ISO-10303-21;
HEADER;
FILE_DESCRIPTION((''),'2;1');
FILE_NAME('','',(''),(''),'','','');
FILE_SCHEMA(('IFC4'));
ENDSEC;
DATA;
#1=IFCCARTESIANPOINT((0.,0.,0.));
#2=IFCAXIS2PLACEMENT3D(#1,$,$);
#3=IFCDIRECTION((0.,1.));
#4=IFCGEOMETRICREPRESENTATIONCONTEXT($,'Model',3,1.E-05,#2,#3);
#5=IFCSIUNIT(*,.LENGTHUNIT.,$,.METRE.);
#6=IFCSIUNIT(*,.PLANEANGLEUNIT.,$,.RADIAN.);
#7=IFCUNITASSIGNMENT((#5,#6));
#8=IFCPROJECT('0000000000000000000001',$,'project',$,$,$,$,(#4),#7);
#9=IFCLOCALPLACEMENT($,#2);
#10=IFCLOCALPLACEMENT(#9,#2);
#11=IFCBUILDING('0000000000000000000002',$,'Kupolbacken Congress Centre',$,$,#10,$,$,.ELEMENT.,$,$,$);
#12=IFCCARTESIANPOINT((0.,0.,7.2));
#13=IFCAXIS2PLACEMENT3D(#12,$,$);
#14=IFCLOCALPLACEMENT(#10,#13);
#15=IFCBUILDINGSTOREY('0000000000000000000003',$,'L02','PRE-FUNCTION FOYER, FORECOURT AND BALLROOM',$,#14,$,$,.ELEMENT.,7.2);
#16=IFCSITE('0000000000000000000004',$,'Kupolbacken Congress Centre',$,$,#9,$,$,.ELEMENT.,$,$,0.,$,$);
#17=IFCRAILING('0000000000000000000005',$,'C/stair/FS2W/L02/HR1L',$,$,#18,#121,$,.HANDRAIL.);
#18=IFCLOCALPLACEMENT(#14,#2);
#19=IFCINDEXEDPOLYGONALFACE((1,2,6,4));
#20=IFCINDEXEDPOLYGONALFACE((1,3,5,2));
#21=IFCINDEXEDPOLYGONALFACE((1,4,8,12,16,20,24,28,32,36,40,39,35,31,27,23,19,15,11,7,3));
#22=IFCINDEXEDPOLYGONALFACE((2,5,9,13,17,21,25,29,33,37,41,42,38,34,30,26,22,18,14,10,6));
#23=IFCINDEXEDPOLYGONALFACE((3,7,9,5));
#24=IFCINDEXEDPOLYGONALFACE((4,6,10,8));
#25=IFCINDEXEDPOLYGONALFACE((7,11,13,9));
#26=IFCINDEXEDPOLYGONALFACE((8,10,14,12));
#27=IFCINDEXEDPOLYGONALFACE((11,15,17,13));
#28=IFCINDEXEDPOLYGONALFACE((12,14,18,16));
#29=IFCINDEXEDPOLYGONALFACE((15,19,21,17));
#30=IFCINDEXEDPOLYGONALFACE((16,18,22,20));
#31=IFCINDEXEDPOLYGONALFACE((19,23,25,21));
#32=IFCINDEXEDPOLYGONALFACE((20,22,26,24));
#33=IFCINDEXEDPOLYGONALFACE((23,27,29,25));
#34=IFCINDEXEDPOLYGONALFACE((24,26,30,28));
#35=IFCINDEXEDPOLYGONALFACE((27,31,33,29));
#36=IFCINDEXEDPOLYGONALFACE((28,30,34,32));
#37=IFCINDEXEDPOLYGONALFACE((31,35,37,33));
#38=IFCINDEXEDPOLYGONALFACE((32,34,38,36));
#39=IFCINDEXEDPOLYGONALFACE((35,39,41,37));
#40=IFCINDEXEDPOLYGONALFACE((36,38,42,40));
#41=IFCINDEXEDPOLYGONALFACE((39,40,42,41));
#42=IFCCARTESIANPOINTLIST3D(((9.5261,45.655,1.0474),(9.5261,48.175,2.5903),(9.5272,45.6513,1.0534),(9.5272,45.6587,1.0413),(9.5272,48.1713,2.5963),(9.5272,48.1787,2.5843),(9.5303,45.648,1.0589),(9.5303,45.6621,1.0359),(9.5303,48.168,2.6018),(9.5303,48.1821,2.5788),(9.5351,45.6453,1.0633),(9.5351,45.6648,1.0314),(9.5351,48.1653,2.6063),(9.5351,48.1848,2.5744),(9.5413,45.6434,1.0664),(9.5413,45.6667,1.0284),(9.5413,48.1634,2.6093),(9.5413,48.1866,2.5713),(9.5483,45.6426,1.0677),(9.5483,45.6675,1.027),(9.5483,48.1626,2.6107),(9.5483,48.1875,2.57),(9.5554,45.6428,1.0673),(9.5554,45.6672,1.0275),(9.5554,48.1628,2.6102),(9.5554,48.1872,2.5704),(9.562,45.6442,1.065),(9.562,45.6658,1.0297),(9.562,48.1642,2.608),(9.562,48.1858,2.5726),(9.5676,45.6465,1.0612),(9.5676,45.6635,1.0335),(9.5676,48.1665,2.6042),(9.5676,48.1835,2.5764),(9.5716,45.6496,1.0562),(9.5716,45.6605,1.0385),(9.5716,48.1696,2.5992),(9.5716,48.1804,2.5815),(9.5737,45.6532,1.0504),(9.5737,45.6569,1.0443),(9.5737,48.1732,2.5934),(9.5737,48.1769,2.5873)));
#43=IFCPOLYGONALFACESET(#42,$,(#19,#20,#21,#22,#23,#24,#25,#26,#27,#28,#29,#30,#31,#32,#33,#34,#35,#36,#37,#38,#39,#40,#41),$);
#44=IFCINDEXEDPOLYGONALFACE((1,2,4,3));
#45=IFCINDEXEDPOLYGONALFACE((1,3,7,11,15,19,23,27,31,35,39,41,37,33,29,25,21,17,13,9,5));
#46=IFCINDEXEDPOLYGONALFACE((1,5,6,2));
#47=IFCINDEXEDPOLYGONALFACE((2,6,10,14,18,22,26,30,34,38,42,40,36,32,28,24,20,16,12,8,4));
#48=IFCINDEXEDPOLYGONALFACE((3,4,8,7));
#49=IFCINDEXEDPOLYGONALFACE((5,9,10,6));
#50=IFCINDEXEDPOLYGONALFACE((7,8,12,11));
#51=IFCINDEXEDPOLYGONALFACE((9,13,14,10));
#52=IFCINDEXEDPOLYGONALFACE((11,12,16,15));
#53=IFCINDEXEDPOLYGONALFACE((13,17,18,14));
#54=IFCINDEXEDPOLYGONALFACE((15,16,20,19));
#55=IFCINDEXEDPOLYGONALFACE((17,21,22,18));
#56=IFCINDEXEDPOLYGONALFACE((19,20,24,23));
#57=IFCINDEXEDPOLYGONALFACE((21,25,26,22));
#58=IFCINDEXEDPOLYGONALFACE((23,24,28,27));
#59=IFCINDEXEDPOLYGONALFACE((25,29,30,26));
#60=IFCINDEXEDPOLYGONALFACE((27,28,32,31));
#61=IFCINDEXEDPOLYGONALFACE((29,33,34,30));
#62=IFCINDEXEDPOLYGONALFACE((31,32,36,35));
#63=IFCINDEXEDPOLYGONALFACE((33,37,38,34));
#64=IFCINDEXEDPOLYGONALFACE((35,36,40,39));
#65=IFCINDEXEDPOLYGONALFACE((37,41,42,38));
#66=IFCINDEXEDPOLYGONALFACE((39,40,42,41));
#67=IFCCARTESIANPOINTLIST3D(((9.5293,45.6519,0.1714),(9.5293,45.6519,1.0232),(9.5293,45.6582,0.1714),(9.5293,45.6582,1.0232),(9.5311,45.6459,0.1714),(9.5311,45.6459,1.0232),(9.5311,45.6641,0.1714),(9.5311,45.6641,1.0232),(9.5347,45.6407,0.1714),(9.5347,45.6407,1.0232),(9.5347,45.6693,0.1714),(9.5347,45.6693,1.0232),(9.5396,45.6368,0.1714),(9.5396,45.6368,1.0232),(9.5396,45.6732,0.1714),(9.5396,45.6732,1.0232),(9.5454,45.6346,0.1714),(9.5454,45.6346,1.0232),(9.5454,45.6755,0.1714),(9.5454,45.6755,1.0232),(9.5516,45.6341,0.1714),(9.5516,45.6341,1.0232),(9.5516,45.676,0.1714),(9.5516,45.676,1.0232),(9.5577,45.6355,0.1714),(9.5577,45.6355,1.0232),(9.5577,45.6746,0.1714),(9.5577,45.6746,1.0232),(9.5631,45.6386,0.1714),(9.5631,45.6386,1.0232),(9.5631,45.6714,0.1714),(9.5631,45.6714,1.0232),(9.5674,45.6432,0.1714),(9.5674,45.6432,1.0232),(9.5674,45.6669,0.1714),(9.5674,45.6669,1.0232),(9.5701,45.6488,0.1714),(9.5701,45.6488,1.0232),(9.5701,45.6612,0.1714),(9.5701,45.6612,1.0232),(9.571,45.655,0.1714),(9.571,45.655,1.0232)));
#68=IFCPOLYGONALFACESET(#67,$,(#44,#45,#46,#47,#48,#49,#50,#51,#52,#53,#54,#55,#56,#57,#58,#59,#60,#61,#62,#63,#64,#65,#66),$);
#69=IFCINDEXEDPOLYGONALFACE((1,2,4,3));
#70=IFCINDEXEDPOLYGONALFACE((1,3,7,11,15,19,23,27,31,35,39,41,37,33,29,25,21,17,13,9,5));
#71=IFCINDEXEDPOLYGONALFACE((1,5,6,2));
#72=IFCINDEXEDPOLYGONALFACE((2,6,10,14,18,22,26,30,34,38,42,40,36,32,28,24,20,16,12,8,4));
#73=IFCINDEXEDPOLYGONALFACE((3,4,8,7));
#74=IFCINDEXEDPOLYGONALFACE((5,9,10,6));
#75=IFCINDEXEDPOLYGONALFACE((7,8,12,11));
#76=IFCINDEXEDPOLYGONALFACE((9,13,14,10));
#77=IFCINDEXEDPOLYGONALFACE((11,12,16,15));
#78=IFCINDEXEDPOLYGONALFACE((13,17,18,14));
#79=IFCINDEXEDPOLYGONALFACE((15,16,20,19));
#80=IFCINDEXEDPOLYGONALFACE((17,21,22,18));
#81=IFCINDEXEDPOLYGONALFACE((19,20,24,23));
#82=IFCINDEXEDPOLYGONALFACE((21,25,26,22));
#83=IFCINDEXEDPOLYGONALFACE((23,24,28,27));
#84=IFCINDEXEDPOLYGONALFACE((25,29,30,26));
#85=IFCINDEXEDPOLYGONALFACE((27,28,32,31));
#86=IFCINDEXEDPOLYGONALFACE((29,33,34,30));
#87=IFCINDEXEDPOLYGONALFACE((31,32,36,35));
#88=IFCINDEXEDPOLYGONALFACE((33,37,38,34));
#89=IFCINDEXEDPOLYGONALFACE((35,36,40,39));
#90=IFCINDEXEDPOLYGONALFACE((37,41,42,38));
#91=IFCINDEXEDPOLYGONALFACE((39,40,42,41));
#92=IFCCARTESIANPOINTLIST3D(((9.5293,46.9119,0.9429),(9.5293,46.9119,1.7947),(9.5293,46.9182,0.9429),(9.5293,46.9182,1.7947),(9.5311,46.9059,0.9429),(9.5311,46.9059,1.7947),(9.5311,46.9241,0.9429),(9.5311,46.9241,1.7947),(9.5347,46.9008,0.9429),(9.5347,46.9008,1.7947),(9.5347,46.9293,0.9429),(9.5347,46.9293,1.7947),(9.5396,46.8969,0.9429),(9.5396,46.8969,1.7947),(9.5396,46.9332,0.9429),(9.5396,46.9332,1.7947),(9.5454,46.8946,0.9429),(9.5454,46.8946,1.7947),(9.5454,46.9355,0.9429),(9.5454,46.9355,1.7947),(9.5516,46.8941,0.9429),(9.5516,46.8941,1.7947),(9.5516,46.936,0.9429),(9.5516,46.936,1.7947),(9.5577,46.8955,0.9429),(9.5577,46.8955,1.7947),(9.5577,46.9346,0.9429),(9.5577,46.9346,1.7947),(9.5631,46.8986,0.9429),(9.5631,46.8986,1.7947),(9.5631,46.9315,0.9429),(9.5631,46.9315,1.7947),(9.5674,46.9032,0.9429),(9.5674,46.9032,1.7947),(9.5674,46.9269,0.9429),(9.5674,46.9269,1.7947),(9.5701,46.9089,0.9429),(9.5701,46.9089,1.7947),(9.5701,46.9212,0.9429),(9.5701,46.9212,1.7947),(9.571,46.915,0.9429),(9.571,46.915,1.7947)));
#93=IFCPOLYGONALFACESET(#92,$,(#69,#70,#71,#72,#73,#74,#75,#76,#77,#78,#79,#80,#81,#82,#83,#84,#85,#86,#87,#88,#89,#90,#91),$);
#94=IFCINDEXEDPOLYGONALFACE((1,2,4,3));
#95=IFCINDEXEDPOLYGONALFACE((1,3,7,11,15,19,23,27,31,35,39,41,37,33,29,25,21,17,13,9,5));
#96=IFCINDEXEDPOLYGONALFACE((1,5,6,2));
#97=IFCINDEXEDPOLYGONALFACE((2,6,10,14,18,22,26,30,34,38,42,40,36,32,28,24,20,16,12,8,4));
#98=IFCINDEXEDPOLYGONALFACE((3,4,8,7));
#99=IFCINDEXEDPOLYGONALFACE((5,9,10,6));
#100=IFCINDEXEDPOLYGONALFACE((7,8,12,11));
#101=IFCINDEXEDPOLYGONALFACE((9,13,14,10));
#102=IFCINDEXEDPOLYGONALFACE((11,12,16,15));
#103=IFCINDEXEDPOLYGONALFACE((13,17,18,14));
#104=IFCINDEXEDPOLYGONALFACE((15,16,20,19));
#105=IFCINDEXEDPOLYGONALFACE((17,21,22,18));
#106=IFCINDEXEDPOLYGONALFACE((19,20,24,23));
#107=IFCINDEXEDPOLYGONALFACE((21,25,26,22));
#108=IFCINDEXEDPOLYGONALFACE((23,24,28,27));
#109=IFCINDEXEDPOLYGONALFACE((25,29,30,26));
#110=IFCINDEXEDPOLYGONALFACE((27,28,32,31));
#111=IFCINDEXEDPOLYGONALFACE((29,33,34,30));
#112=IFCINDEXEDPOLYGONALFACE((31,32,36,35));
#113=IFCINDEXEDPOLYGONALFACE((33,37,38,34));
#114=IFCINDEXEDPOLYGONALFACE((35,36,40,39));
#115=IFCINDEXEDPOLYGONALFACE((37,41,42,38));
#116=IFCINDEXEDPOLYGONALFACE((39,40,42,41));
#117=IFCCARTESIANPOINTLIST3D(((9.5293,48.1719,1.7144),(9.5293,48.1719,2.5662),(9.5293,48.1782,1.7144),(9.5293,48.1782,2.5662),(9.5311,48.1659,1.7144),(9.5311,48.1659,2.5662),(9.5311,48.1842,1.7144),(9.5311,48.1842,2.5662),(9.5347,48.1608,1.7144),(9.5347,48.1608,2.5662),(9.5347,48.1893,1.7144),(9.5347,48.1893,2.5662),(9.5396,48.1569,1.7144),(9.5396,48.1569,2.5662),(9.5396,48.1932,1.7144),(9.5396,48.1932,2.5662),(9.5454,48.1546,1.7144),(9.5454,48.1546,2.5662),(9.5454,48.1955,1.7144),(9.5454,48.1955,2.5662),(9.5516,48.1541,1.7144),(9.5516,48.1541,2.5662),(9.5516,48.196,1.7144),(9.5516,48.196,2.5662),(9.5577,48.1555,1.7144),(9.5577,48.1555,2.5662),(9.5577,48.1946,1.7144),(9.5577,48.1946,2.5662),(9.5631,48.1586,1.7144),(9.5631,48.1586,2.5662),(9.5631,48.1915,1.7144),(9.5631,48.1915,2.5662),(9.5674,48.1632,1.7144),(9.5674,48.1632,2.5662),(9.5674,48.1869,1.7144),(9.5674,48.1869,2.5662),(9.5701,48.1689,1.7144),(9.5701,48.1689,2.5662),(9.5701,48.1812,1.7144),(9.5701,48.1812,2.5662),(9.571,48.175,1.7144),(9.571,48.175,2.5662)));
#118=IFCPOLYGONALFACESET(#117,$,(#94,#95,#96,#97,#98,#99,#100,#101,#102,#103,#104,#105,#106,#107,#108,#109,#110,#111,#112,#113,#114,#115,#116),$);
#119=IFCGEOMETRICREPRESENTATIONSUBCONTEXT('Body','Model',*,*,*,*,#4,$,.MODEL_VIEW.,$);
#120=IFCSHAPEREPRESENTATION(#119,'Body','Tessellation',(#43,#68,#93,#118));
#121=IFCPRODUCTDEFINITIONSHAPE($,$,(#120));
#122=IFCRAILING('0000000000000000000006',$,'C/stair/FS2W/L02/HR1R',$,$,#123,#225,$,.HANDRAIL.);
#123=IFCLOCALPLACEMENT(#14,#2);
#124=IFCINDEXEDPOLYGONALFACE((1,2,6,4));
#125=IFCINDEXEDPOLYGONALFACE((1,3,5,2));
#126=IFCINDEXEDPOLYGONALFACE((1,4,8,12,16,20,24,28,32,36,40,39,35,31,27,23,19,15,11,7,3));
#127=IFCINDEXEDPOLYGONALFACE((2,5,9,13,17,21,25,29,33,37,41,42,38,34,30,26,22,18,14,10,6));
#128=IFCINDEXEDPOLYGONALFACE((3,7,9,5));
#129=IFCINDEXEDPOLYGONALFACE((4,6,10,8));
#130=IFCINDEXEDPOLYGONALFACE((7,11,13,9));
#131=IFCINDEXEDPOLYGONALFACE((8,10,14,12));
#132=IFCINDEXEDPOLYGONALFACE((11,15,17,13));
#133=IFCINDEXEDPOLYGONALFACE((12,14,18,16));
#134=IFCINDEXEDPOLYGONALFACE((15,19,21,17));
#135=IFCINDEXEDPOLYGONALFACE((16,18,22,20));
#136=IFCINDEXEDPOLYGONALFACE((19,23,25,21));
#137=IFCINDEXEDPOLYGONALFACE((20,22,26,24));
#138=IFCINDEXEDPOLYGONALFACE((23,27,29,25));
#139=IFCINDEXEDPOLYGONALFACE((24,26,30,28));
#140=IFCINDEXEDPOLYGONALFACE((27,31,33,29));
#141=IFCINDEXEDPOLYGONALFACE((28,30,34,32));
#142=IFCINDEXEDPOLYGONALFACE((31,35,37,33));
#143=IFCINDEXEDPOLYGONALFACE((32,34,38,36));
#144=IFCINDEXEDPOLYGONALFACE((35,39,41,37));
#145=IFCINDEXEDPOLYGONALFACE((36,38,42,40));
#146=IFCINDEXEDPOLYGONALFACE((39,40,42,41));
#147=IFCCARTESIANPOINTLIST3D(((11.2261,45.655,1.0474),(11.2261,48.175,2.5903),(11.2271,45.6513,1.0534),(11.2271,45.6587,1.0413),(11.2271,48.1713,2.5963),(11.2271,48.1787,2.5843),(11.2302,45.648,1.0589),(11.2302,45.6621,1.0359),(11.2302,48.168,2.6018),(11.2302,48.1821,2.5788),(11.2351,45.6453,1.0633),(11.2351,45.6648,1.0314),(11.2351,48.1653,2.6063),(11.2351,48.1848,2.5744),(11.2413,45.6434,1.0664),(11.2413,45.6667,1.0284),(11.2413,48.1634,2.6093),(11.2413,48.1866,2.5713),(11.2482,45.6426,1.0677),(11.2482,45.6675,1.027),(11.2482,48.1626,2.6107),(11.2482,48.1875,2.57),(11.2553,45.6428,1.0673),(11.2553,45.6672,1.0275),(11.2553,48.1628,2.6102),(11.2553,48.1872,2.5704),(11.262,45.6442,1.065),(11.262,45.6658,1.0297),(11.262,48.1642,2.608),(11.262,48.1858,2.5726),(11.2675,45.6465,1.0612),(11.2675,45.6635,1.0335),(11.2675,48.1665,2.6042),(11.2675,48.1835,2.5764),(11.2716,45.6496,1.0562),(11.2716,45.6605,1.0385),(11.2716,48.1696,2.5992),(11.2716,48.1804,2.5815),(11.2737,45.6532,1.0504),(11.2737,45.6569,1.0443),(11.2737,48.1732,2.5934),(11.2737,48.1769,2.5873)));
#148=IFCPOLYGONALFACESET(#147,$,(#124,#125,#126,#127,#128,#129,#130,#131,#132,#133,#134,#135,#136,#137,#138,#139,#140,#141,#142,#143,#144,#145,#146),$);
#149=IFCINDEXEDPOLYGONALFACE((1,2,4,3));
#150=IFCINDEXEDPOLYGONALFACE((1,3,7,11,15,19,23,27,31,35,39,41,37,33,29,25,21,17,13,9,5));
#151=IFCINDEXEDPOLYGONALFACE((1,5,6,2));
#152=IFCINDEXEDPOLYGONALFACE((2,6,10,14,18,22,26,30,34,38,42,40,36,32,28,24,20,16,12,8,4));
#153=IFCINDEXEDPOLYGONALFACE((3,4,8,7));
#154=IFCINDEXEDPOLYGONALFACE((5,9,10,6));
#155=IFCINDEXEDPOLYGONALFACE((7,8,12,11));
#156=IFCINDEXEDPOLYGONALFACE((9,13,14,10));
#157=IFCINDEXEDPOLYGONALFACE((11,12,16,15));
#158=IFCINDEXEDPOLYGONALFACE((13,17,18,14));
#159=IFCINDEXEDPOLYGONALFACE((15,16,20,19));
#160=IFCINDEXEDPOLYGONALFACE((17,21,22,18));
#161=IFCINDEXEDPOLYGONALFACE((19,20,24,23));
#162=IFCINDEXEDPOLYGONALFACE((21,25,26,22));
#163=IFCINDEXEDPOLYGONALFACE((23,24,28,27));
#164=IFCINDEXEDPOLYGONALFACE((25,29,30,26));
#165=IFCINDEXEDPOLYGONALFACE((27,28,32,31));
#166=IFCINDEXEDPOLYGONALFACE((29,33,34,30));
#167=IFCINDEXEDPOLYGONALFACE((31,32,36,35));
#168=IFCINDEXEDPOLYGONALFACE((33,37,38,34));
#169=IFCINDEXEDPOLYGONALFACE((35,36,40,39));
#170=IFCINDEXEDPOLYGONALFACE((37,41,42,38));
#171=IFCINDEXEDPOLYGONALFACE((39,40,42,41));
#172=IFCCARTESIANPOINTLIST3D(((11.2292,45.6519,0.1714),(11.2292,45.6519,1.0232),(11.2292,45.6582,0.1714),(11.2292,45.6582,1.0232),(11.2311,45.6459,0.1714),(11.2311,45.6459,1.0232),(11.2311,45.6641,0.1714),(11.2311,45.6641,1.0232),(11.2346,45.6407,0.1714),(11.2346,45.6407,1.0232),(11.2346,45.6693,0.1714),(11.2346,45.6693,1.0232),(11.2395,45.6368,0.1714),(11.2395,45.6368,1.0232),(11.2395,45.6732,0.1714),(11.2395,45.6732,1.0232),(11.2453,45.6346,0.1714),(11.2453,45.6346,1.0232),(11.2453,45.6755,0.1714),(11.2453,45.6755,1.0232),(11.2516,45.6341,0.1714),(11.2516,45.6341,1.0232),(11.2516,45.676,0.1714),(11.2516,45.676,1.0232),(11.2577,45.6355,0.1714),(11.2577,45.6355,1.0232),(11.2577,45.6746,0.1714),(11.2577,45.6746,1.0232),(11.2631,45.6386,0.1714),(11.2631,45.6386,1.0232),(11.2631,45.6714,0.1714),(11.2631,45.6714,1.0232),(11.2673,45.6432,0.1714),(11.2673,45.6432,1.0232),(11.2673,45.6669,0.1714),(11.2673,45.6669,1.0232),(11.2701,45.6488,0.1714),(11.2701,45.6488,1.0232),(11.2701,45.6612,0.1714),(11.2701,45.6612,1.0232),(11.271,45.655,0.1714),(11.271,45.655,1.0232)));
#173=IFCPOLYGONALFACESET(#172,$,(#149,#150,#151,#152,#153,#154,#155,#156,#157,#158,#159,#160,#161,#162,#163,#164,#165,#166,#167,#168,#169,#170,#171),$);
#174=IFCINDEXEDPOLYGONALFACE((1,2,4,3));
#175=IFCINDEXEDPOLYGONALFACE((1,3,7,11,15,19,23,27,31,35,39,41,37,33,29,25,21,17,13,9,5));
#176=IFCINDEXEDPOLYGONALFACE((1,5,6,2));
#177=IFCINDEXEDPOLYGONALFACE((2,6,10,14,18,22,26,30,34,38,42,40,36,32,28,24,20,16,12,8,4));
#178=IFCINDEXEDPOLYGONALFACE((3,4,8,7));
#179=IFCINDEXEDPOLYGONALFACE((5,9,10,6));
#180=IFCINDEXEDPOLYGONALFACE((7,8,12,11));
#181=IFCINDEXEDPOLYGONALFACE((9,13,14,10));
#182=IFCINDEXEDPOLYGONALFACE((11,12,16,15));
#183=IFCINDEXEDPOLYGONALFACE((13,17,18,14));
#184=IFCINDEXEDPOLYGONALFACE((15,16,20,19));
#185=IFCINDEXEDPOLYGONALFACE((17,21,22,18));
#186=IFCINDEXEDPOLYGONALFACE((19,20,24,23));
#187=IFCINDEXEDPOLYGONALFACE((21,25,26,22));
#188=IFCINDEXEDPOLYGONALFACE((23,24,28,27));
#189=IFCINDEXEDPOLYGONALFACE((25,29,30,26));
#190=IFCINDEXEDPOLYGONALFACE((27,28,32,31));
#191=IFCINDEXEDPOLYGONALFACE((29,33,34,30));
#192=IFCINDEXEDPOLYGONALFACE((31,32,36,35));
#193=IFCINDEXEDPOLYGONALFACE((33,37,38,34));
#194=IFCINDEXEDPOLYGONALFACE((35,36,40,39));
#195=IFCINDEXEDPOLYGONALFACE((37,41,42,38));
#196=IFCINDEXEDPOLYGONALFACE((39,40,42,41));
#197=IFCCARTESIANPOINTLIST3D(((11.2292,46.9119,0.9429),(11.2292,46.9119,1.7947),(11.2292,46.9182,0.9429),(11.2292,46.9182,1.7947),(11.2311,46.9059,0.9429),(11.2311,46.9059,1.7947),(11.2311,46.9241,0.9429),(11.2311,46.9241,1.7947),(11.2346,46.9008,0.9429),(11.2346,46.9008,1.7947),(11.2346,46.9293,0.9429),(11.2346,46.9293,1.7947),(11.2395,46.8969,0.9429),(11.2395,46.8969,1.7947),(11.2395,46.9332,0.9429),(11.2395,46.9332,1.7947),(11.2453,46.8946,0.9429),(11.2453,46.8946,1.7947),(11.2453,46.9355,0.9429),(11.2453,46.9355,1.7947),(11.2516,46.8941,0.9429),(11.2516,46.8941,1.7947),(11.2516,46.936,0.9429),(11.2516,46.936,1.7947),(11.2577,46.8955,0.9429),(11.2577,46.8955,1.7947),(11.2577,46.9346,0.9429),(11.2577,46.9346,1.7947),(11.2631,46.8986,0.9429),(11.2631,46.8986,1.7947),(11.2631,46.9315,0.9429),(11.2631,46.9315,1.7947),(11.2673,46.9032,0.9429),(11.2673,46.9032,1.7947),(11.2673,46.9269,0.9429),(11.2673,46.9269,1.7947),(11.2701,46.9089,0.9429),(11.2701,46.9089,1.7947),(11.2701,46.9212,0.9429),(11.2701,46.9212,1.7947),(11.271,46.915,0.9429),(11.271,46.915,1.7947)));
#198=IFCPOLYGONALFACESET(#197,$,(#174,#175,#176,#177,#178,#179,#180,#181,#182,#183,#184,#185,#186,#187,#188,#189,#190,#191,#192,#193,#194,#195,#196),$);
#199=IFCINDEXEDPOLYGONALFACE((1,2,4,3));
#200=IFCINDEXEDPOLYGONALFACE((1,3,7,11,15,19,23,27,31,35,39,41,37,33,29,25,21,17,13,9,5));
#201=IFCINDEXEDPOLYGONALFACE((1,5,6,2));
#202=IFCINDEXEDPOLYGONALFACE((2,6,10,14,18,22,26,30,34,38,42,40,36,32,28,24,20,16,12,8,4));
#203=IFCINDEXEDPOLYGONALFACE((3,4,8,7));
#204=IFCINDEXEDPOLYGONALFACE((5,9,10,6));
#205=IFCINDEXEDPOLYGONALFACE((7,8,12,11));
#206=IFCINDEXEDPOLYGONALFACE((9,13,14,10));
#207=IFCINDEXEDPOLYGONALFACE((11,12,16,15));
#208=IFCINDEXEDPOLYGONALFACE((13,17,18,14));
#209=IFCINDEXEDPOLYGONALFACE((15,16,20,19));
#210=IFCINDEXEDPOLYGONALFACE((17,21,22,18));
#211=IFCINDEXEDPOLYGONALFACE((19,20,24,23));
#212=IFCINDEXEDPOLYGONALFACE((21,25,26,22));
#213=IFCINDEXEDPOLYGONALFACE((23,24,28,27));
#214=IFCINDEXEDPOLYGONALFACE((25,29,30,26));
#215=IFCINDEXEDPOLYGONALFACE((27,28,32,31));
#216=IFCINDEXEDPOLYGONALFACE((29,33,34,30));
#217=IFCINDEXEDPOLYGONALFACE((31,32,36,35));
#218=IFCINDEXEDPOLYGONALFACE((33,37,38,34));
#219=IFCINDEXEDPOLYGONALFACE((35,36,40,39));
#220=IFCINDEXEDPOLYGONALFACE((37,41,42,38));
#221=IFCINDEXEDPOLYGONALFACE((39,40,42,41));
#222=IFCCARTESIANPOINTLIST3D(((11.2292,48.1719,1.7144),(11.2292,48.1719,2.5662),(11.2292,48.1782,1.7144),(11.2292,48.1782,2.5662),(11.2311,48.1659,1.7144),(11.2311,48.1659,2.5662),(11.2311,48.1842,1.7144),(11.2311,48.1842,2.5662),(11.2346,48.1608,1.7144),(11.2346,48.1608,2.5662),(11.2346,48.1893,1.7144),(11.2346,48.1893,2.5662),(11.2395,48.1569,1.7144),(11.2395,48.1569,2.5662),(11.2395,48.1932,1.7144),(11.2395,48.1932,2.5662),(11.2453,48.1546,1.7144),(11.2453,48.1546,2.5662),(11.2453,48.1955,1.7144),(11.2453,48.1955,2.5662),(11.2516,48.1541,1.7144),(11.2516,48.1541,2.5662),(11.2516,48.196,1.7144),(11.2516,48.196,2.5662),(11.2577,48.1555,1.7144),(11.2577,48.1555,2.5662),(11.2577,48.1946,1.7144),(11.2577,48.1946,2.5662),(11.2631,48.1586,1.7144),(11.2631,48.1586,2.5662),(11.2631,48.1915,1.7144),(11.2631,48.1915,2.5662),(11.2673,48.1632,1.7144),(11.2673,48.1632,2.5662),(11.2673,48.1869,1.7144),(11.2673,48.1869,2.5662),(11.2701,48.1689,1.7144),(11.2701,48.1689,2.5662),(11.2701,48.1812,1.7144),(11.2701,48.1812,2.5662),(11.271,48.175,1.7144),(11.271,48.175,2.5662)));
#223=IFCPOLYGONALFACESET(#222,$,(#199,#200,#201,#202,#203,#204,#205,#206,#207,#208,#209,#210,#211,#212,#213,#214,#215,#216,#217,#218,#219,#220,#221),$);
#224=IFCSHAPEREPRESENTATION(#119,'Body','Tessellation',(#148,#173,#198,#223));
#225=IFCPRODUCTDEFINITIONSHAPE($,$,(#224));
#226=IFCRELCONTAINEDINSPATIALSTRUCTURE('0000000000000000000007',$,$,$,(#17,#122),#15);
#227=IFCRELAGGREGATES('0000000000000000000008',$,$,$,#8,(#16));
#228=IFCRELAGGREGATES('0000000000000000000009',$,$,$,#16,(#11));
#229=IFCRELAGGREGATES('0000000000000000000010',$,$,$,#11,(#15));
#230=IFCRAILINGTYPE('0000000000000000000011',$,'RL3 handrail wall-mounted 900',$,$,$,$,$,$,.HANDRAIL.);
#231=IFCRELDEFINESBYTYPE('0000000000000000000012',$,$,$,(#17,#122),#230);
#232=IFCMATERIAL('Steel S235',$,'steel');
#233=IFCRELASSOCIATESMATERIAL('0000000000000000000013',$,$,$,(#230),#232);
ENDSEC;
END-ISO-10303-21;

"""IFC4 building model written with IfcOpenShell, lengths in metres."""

from ifc_helpers import new_model, si_unit, direction, frame, origin, origin_2d, place, context, subcontext, project, spatial, circle, extrude, material, type_object, element, save


model = new_model("IFC4")

# Units and contexts
model_context = context("Model", 3, precision=1e-05, world=origin(), true_north=direction((0.0, 1.0)))
body_context = subcontext(model_context, "Body", "Model", "MODEL_VIEW")
ifc_project = project(units=[si_unit("LENGTHUNIT", "METRE"), si_unit("PLANEANGLEUNIT", "RADIAN")], contexts=[model_context])

# Site, building, storey
site_placement = place(None, origin())
site = spatial("IfcSite", under=ifc_project, at=site_placement, Name="Kupolbacken Congress Centre", CompositionType="ELEMENT", RefElevation=0.0)
building_placement = place(site_placement, origin())
building = spatial("IfcBuilding", under=site, at=building_placement, Name="Kupolbacken Congress Centre", CompositionType="ELEMENT")
storey_placement = place(building_placement, frame((0.0, 0.0, 7.2)))
storey = spatial("IfcBuildingStorey", under=building, at=storey_placement, Name="L02", Description="PRE-FUNCTION FOYER, FORECOURT AND BALLROOM", CompositionType="ELEMENT", Elevation=7.2)

# Railings
ifc_material_1 = material(Name="Steel S235", Category="steel")
railing_type = type_object("IfcRailingType", Name="RL3 handrail wall-mounted 900", PredefinedType="HANDRAIL", material=ifc_material_1)
for number, where, name in (
    (1, (9.55, 45.655, 0.1714), "C/stair/FS2W/L02/HR1L"),
    (2, (11.25, 45.655, 0.1714), "C/stair/FS2W/L02/HR1R"),
):
    element("IfcRailing", number, at=place(storey_placement, frame(where)), inside=storey, type_object=railing_type, Name=name, PredefinedType="HANDRAIL", context=body_context, shape_type="SweptSolid", body=[
        extrude(circle(Radius=0.0239, at=origin_2d()), frame((0.0, 0.0, 0.876), z_axis=(0.0, 0.852836, 0.522178), x_axis=(-1.0, 0.0, 0.0)), (0.0, 0.0, 1.0), 2.9548),
        extrude(circle(Radius=0.021, at=origin_2d()), origin(), (0.0, 0.0, 1.0), 0.8518),
        extrude(circle(Radius=0.021, at=origin_2d()), frame((0.0, 1.26, 0.7715)), (0.0, 0.0, 1.0), 0.8518),
        extrude(circle(Radius=0.021, at=origin_2d()), frame((0.0, 2.52, 1.543)), (0.0, 0.0, 1.0), 0.8518),
    ])

save(model, "model.ifc")
